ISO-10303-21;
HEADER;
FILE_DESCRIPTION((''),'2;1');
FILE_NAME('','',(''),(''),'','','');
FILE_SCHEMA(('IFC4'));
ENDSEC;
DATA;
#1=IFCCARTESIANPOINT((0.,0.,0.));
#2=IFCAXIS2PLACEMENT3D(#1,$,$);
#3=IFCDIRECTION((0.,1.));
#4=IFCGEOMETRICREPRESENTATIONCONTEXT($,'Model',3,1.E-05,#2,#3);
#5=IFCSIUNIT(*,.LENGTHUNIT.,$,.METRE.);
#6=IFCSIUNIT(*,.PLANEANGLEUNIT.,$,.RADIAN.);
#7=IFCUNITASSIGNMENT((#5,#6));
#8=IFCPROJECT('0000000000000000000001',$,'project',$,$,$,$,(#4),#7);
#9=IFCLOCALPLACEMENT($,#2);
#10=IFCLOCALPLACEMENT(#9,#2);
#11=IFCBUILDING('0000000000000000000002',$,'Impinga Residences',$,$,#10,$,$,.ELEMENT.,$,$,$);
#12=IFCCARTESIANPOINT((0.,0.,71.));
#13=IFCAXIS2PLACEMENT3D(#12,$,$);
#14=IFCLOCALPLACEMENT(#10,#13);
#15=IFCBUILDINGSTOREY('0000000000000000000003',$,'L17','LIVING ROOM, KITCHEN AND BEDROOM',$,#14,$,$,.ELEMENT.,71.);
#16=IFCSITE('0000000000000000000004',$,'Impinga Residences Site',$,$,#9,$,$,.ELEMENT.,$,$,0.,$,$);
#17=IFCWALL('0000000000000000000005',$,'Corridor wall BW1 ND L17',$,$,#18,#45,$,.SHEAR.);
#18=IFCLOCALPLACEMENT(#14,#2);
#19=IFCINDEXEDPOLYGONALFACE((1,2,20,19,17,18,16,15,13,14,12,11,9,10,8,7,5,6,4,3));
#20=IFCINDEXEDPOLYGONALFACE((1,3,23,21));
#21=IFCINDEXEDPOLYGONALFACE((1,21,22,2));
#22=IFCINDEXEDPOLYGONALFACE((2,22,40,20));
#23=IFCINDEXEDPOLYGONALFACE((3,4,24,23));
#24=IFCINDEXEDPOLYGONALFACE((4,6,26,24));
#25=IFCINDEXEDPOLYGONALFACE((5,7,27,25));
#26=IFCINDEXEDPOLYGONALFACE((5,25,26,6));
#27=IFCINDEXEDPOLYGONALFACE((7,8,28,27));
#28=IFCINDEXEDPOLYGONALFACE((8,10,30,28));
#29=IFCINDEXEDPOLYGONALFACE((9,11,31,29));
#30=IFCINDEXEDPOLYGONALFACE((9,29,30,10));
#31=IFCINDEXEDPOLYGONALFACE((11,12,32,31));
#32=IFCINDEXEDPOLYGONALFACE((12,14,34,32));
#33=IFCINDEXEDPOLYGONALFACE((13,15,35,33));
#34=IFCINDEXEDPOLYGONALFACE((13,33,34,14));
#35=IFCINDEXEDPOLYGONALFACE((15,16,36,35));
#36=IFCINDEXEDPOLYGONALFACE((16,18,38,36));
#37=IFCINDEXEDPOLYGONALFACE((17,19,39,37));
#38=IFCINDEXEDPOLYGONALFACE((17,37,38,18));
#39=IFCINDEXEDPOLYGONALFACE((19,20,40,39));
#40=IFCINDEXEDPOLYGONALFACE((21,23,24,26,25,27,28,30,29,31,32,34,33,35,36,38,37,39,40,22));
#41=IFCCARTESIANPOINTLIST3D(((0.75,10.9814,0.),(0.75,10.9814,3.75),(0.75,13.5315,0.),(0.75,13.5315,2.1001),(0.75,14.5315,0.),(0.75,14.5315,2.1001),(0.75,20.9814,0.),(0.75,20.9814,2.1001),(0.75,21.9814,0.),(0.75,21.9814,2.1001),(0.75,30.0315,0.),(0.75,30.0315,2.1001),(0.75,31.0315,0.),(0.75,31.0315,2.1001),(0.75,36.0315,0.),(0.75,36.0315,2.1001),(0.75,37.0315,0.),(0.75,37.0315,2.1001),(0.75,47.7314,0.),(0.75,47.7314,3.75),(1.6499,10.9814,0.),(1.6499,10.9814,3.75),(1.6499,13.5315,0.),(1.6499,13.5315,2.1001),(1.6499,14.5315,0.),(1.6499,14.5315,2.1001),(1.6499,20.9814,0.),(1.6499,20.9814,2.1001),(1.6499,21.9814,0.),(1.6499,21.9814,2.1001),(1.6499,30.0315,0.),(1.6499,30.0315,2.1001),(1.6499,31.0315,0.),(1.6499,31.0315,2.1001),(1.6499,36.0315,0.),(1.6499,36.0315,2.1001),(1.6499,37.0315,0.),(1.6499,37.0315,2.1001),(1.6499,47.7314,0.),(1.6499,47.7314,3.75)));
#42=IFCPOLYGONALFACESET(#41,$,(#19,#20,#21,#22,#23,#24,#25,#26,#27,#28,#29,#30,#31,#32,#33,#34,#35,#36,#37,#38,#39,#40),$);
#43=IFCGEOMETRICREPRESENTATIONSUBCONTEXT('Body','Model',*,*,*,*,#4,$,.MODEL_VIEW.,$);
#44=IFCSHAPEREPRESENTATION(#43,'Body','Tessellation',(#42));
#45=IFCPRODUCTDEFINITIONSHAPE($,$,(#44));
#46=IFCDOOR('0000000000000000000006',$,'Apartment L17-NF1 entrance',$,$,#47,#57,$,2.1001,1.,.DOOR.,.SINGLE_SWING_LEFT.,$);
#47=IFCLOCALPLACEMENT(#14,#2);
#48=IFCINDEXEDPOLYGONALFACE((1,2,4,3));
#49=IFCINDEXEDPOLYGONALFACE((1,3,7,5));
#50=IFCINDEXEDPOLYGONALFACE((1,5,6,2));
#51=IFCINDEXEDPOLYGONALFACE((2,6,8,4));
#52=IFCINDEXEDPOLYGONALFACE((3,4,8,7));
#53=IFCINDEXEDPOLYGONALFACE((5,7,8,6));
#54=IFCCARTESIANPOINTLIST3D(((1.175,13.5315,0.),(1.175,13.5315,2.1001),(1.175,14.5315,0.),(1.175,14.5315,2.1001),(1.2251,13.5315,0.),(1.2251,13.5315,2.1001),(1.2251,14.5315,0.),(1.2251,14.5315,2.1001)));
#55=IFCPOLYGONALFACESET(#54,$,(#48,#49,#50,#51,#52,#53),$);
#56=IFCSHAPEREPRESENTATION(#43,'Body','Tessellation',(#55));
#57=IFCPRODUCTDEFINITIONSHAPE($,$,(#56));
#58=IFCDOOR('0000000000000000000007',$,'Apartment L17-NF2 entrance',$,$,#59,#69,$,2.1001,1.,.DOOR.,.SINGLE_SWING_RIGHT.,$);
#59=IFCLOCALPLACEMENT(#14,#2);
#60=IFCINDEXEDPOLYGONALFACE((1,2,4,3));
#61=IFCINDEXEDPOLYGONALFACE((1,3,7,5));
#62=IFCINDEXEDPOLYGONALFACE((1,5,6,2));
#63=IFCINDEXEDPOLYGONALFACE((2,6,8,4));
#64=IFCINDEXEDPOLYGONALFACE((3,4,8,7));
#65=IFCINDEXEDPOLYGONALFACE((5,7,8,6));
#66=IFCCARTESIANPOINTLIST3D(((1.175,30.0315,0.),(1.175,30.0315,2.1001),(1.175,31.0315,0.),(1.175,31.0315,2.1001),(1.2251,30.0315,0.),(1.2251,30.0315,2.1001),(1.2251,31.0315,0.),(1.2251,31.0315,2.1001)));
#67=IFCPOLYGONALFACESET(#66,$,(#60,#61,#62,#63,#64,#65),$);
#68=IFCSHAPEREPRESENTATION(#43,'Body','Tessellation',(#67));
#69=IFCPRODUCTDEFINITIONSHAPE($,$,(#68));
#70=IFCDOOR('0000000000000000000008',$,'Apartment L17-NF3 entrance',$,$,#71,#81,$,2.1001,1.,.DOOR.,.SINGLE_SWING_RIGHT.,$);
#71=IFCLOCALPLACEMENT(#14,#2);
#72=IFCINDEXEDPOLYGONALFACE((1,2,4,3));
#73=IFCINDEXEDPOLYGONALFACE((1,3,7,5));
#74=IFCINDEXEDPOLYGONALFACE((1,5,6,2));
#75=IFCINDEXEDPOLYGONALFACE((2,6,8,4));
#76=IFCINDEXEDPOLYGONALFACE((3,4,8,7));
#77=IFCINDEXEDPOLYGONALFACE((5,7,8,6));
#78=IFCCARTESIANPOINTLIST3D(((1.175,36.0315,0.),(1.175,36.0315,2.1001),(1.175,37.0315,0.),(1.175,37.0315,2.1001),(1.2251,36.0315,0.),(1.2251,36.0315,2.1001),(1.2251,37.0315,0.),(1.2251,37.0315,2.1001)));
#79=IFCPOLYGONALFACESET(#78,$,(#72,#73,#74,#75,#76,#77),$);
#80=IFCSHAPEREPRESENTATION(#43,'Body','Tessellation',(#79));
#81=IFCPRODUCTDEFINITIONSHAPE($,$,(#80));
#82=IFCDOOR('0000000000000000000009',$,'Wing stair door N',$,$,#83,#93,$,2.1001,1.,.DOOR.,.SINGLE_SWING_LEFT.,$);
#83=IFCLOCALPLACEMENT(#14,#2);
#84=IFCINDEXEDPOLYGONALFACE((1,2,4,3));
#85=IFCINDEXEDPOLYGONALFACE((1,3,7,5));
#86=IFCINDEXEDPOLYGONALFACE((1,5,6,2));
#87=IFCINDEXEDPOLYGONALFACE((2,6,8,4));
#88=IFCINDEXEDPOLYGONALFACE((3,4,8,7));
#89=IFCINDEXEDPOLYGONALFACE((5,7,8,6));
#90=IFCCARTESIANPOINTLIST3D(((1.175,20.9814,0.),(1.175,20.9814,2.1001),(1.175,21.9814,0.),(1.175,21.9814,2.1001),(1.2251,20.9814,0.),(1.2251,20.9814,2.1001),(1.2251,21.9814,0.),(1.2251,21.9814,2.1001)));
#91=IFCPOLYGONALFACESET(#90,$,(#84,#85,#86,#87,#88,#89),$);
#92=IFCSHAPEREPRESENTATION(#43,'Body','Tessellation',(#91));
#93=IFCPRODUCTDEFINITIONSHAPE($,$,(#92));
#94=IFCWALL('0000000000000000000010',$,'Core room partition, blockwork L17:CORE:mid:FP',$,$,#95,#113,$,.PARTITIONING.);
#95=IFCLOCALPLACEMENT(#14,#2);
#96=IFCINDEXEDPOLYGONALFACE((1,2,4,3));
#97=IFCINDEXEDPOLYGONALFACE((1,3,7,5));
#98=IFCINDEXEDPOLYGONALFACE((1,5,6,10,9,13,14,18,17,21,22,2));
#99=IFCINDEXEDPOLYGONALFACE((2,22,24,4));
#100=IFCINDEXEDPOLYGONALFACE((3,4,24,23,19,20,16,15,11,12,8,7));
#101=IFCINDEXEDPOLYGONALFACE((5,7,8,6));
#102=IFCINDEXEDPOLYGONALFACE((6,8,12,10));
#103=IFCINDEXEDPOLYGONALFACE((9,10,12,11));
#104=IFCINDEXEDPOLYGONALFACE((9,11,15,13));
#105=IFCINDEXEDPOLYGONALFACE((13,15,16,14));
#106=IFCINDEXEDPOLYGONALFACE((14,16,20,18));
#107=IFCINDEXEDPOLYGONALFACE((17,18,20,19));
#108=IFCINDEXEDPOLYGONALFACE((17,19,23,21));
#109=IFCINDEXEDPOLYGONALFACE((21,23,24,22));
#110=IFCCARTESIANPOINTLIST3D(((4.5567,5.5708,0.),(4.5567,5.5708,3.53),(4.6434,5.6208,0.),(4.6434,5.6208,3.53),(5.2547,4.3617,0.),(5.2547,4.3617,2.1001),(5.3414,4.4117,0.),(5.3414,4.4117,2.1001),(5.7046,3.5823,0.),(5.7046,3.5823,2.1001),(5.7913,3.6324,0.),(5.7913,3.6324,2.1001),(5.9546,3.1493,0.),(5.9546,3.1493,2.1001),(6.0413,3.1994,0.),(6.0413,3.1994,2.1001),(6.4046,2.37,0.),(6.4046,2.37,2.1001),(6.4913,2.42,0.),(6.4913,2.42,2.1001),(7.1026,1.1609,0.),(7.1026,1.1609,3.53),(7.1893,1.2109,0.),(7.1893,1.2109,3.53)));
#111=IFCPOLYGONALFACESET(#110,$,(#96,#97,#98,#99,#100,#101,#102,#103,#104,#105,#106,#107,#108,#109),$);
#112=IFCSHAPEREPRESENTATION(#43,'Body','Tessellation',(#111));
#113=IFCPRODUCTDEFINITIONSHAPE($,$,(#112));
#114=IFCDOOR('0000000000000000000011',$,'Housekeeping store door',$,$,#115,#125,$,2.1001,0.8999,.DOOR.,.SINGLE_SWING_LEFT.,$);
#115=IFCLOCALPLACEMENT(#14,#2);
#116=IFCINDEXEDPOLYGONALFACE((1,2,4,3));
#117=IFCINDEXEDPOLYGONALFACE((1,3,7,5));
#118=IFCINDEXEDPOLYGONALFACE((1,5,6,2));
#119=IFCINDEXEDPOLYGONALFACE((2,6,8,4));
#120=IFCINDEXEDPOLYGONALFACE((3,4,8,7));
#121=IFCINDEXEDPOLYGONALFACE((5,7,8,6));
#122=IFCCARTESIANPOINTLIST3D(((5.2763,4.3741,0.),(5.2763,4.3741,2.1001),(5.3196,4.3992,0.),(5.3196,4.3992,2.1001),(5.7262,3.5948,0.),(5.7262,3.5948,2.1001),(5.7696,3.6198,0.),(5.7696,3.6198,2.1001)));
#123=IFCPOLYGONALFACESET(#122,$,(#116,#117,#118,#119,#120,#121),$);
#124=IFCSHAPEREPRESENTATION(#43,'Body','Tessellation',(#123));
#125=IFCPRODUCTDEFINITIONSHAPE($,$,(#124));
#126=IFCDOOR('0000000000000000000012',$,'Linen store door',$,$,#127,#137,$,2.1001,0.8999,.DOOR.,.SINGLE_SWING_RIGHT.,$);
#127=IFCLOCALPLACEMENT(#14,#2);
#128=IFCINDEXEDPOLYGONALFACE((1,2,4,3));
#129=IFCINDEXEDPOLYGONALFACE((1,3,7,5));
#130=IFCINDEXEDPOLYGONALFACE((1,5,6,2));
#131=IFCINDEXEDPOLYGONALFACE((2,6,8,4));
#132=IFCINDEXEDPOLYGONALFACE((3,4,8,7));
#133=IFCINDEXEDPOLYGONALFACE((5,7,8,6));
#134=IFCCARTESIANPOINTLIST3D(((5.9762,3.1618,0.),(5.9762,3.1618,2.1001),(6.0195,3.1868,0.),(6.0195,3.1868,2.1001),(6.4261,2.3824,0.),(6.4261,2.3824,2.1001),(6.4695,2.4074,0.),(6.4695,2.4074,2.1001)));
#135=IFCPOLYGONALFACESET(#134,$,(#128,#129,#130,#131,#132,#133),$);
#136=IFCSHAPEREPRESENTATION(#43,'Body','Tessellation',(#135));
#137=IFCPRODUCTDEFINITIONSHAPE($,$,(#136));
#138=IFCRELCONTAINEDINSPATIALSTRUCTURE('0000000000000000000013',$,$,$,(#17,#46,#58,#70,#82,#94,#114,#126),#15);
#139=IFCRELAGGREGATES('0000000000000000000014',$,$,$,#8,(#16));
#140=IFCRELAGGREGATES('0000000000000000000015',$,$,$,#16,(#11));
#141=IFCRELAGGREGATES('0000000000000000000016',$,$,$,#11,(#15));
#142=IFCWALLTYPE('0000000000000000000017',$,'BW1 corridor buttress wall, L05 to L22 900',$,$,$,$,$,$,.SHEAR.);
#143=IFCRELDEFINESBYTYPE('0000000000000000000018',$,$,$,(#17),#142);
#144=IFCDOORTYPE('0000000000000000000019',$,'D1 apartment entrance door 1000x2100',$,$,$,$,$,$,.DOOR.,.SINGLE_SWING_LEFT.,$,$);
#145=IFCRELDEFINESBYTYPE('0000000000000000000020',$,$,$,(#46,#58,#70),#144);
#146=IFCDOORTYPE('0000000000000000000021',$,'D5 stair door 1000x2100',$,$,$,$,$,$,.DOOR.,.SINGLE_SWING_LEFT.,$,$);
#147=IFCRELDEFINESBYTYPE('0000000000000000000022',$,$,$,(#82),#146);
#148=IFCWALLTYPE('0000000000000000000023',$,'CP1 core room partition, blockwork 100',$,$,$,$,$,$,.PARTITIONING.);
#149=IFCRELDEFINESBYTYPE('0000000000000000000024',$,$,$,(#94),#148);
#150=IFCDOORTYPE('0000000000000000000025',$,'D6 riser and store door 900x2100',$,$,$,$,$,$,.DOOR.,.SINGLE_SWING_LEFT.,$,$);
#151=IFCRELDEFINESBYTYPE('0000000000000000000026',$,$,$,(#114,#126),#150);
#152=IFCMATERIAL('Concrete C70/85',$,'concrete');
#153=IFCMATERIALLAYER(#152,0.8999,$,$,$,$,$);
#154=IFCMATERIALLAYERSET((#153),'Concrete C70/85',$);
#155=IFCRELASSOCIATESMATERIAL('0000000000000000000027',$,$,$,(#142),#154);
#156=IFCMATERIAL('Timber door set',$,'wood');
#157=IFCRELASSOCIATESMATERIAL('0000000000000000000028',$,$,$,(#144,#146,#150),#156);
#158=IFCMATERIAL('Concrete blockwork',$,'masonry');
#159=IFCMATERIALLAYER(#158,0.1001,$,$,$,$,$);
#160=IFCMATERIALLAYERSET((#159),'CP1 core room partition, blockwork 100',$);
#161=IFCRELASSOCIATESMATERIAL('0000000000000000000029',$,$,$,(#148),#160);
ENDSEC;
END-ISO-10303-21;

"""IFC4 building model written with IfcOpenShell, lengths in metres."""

from ifc_helpers import new_model, si_unit, direction, frame, frame_2d, origin, place, context, subcontext, project, spatial, rectangle, extrude, material, layer, layer_set, type_object, element, fill, save


model = new_model("IFC4")

# Units and contexts
model_context = context("Model", 3, precision=1e-05, world=origin(), true_north=direction((0.0, 1.0)))
body_context = subcontext(model_context, "Body", "Model", "MODEL_VIEW")
ifc_project = project(units=[si_unit("LENGTHUNIT", "METRE"), si_unit("PLANEANGLEUNIT", "RADIAN")], contexts=[model_context])

# Site, building, storey
site_placement = place(None, origin())
site = spatial("IfcSite", under=ifc_project, at=site_placement, Name="Impinga Residences Site", CompositionType="ELEMENT", RefElevation=0.0)
building_placement = place(site_placement, origin())
building = spatial("IfcBuilding", under=site, at=building_placement, Name="Impinga Residences", CompositionType="ELEMENT")
storey_placement = place(building_placement, frame((0.0, 0.0, 71.0)))
storey = spatial("IfcBuildingStorey", under=building, at=storey_placement, Name="L17", Description="LIVING ROOM, KITCHEN AND BEDROOM", CompositionType="ELEMENT", Elevation=71.0)

# Walls, openings, doors
ifc_material_1 = material(Name="Concrete C70/85", Category="concrete")
ifc_layer_1 = layer(ifc_material_1, 0.8999)
ifc_layer_set_1 = layer_set([ifc_layer_1], Name="Concrete C70/85")
wall_type_1 = type_object("IfcWallType", Name="BW1 corridor buttress wall, L05 to L22 900", PredefinedType="SHEAR", material=ifc_layer_set_1)
wall_1_placement = place(storey_placement, frame((1.2, 10.9814, 0.0), z_axis=(0.0, 0.0, 1.0), x_axis=(0.0, 1.0, 0.0)))
wall_1 = element("IfcWall", 1, at=wall_1_placement, inside=storey, type_object=wall_type_1, Name="Corridor wall BW1 ND L17", PredefinedType="SHEAR", context=body_context, shape_type="SweptSolid", body=[
    extrude(rectangle(XDim=36.75, YDim=0.8999, at=frame_2d((18.375, 0.0))), origin(), (0.0, 0.0, 1.0), 3.75),
])
opening_1_placement = place(wall_1_placement, frame((10.0, 0.0, 0.0)))
opening_1 = element("IfcOpeningElement", 2, at=opening_1_placement, cuts=wall_1, PredefinedType="OPENING", context=body_context, shape_type="SweptSolid", body=[
    extrude(rectangle(XDim=1.0, YDim=2.1001, at=frame_2d((0.5, 1.05))), frame((0.0, 0.46, 0.0), z_axis=(0.0, -1.0, 0.0), x_axis=(1.0, 0.0, 0.0)), (0.0, 0.0, 1.0), 0.9199),
])
opening_2_placement = place(wall_1_placement, frame((2.55, 0.0, 0.0)))
opening_2 = element("IfcOpeningElement", 3, at=opening_2_placement, cuts=wall_1, PredefinedType="OPENING", context=body_context, shape_type="SweptSolid", body=[
    extrude(rectangle(XDim=1.0, YDim=2.1001, at=frame_2d((0.5, 1.05))), frame((0.0, 0.46, 0.0), z_axis=(0.0, -1.0, 0.0), x_axis=(1.0, 0.0, 0.0)), (0.0, 0.0, 1.0), 0.9199),
])
opening_3_placement = place(wall_1_placement, frame((19.05, 0.0, 0.0)))
opening_3 = element("IfcOpeningElement", 4, at=opening_3_placement, cuts=wall_1, PredefinedType="OPENING", context=body_context, shape_type="SweptSolid", body=[
    extrude(rectangle(XDim=1.0, YDim=2.1001, at=frame_2d((0.5, 1.05))), frame((0.0, 0.46, 0.0), z_axis=(0.0, -1.0, 0.0), x_axis=(1.0, 0.0, 0.0)), (0.0, 0.0, 1.0), 0.9199),
])
opening_4_placement = place(wall_1_placement, frame((25.05, 0.0, 0.0)))
opening_4 = element("IfcOpeningElement", 5, at=opening_4_placement, cuts=wall_1, PredefinedType="OPENING", context=body_context, shape_type="SweptSolid", body=[
    extrude(rectangle(XDim=1.0, YDim=2.1001, at=frame_2d((0.5, 1.05))), frame((0.0, 0.46, 0.0), z_axis=(0.0, -1.0, 0.0), x_axis=(1.0, 0.0, 0.0)), (0.0, 0.0, 1.0), 0.9199),
])
ifc_material_2 = material(Name="Timber door set", Category="wood")
door_type_1 = type_object("IfcDoorType", Name="D1 apartment entrance door 1000x2100", OperationType="SINGLE_SWING_LEFT", PredefinedType="DOOR", material=ifc_material_2)
door_1_placement = place(opening_2_placement, origin())
door_1 = element("IfcDoor", 6, at=door_1_placement, inside=storey, type_object=door_type_1, Name="Apartment L17-NF1 entrance", OperationType="SINGLE_SWING_LEFT", OverallHeight=2.1001, OverallWidth=1.0, PredefinedType="DOOR", context=body_context, shape_type="SweptSolid", body=[
    extrude(rectangle(XDim=1.0, YDim=2.1001, at=frame_2d((0.5, 1.05))), frame((0.0, 0.0249, 0.0), z_axis=(0.0, -1.0, 0.0), x_axis=(1.0, 0.0, 0.0)), (0.0, 0.0, 1.0), 0.05),
])
fill(opening_2, door_1)
door_2_placement = place(opening_3_placement, origin())
door_2 = element("IfcDoor", 7, at=door_2_placement, inside=storey, type_object=door_type_1, Name="Apartment L17-NF2 entrance", OperationType="SINGLE_SWING_RIGHT", OverallHeight=2.1001, OverallWidth=1.0, PredefinedType="DOOR", context=body_context, shape_type="SweptSolid", body=[
    extrude(rectangle(XDim=1.0, YDim=2.1001, at=frame_2d((0.5, 1.05))), frame((0.0, 0.0249, 0.0), z_axis=(0.0, -1.0, 0.0), x_axis=(1.0, 0.0, 0.0)), (0.0, 0.0, 1.0), 0.05),
])
fill(opening_3, door_2)
door_3_placement = place(opening_4_placement, origin())
door_3 = element("IfcDoor", 8, at=door_3_placement, inside=storey, type_object=door_type_1, Name="Apartment L17-NF3 entrance", OperationType="SINGLE_SWING_RIGHT", OverallHeight=2.1001, OverallWidth=1.0, PredefinedType="DOOR", context=body_context, shape_type="SweptSolid", body=[
    extrude(rectangle(XDim=1.0, YDim=2.1001, at=frame_2d((0.5, 1.05))), frame((0.0, 0.0249, 0.0), z_axis=(0.0, -1.0, 0.0), x_axis=(1.0, 0.0, 0.0)), (0.0, 0.0, 1.0), 0.05),
])
fill(opening_4, door_3)
door_type_2 = type_object("IfcDoorType", Name="D5 stair door 1000x2100", OperationType="SINGLE_SWING_LEFT", PredefinedType="DOOR", material=ifc_material_2)
door_4_placement = place(opening_1_placement, origin())
door_4 = element("IfcDoor", 9, at=door_4_placement, inside=storey, type_object=door_type_2, Name="Wing stair door N", OperationType="SINGLE_SWING_LEFT", OverallHeight=2.1001, OverallWidth=1.0, PredefinedType="DOOR", context=body_context, shape_type="SweptSolid", body=[
    extrude(rectangle(XDim=1.0, YDim=2.1001, at=frame_2d((0.5, 1.05))), frame((0.0, 0.0249, 0.0), z_axis=(0.0, -1.0, 0.0), x_axis=(1.0, 0.0, 0.0)), (0.0, 0.0, 1.0), 0.05),
])
fill(opening_1, door_4)
ifc_material_3 = material(Name="Concrete blockwork", Category="masonry")
ifc_layer_2 = layer(ifc_material_3, 0.1001)
ifc_layer_set_2 = layer_set([ifc_layer_2], Name="CP1 core room partition, blockwork 100")
wall_type_2 = type_object("IfcWallType", Name="CP1 core room partition, blockwork 100", PredefinedType="PARTITIONING", material=ifc_layer_set_2)
wall_2_placement = place(storey_placement, frame((4.6001, 5.5957, 0.0), z_axis=(0.0, 0.0, 1.0), x_axis=(0.499976, -0.866039, 0.0)))
wall_2 = element("IfcWall", 10, at=wall_2_placement, inside=storey, type_object=wall_type_2, Name="Core room partition, blockwork L17:CORE:mid:FP", PredefinedType="PARTITIONING", context=body_context, shape_type="SweptSolid", body=[
    extrude(rectangle(XDim=5.092, YDim=0.1001, at=frame_2d((2.5459, 0.0))), origin(), (0.0, 0.0, 1.0), 3.53),
])
opening_5_placement = place(wall_2_placement, frame((1.396, 0.0, 0.0)))
opening_5 = element("IfcOpeningElement", 11, at=opening_5_placement, cuts=wall_2, PredefinedType="OPENING", context=body_context, shape_type="SweptSolid", body=[
    extrude(rectangle(XDim=0.8999, YDim=2.1001, at=frame_2d((0.45, 1.05))), frame((0.0, 0.0601, 0.0), z_axis=(0.0, -1.0, 0.0), x_axis=(1.0, 0.0, 0.0)), (0.0, 0.0, 1.0), 0.1201),
])
opening_6_placement = place(wall_2_placement, frame((2.7959, 0.0, 0.0)))
opening_6 = element("IfcOpeningElement", 12, at=opening_6_placement, cuts=wall_2, PredefinedType="OPENING", context=body_context, shape_type="SweptSolid", body=[
    extrude(rectangle(XDim=0.8999, YDim=2.1001, at=frame_2d((0.45, 1.05))), frame((0.0, 0.0601, 0.0), z_axis=(0.0, -1.0, 0.0), x_axis=(1.0, 0.0, 0.0)), (0.0, 0.0, 1.0), 0.1201),
])
door_type_3 = type_object("IfcDoorType", Name="D6 riser and store door 900x2100", OperationType="SINGLE_SWING_LEFT", PredefinedType="DOOR", material=ifc_material_2)
door_5_placement = place(opening_5_placement, origin())
door_5 = element("IfcDoor", 13, at=door_5_placement, inside=storey, type_object=door_type_3, Name="Housekeeping store door", OperationType="SINGLE_SWING_LEFT", OverallHeight=2.1001, OverallWidth=0.8999, PredefinedType="DOOR", context=body_context, shape_type="SweptSolid", body=[
    extrude(rectangle(XDim=0.8999, YDim=2.1001, at=frame_2d((0.45, 1.05))), frame((0.0, 0.0249, 0.0), z_axis=(0.0, -1.0, 0.0), x_axis=(1.0, 0.0, 0.0)), (0.0, 0.0, 1.0), 0.05),
])
fill(opening_5, door_5)
door_6_placement = place(opening_6_placement, origin())
door_6 = element("IfcDoor", 14, at=door_6_placement, inside=storey, type_object=door_type_3, Name="Linen store door", OperationType="SINGLE_SWING_RIGHT", OverallHeight=2.1001, OverallWidth=0.8999, PredefinedType="DOOR", context=body_context, shape_type="SweptSolid", body=[
    extrude(rectangle(XDim=0.8999, YDim=2.1001, at=frame_2d((0.45, 1.05))), frame((0.0, 0.0249, 0.0), z_axis=(0.0, -1.0, 0.0), x_axis=(1.0, 0.0, 0.0)), (0.0, 0.0, 1.0), 0.05),
])
fill(opening_6, door_6)

save(model, "model.ifc")
